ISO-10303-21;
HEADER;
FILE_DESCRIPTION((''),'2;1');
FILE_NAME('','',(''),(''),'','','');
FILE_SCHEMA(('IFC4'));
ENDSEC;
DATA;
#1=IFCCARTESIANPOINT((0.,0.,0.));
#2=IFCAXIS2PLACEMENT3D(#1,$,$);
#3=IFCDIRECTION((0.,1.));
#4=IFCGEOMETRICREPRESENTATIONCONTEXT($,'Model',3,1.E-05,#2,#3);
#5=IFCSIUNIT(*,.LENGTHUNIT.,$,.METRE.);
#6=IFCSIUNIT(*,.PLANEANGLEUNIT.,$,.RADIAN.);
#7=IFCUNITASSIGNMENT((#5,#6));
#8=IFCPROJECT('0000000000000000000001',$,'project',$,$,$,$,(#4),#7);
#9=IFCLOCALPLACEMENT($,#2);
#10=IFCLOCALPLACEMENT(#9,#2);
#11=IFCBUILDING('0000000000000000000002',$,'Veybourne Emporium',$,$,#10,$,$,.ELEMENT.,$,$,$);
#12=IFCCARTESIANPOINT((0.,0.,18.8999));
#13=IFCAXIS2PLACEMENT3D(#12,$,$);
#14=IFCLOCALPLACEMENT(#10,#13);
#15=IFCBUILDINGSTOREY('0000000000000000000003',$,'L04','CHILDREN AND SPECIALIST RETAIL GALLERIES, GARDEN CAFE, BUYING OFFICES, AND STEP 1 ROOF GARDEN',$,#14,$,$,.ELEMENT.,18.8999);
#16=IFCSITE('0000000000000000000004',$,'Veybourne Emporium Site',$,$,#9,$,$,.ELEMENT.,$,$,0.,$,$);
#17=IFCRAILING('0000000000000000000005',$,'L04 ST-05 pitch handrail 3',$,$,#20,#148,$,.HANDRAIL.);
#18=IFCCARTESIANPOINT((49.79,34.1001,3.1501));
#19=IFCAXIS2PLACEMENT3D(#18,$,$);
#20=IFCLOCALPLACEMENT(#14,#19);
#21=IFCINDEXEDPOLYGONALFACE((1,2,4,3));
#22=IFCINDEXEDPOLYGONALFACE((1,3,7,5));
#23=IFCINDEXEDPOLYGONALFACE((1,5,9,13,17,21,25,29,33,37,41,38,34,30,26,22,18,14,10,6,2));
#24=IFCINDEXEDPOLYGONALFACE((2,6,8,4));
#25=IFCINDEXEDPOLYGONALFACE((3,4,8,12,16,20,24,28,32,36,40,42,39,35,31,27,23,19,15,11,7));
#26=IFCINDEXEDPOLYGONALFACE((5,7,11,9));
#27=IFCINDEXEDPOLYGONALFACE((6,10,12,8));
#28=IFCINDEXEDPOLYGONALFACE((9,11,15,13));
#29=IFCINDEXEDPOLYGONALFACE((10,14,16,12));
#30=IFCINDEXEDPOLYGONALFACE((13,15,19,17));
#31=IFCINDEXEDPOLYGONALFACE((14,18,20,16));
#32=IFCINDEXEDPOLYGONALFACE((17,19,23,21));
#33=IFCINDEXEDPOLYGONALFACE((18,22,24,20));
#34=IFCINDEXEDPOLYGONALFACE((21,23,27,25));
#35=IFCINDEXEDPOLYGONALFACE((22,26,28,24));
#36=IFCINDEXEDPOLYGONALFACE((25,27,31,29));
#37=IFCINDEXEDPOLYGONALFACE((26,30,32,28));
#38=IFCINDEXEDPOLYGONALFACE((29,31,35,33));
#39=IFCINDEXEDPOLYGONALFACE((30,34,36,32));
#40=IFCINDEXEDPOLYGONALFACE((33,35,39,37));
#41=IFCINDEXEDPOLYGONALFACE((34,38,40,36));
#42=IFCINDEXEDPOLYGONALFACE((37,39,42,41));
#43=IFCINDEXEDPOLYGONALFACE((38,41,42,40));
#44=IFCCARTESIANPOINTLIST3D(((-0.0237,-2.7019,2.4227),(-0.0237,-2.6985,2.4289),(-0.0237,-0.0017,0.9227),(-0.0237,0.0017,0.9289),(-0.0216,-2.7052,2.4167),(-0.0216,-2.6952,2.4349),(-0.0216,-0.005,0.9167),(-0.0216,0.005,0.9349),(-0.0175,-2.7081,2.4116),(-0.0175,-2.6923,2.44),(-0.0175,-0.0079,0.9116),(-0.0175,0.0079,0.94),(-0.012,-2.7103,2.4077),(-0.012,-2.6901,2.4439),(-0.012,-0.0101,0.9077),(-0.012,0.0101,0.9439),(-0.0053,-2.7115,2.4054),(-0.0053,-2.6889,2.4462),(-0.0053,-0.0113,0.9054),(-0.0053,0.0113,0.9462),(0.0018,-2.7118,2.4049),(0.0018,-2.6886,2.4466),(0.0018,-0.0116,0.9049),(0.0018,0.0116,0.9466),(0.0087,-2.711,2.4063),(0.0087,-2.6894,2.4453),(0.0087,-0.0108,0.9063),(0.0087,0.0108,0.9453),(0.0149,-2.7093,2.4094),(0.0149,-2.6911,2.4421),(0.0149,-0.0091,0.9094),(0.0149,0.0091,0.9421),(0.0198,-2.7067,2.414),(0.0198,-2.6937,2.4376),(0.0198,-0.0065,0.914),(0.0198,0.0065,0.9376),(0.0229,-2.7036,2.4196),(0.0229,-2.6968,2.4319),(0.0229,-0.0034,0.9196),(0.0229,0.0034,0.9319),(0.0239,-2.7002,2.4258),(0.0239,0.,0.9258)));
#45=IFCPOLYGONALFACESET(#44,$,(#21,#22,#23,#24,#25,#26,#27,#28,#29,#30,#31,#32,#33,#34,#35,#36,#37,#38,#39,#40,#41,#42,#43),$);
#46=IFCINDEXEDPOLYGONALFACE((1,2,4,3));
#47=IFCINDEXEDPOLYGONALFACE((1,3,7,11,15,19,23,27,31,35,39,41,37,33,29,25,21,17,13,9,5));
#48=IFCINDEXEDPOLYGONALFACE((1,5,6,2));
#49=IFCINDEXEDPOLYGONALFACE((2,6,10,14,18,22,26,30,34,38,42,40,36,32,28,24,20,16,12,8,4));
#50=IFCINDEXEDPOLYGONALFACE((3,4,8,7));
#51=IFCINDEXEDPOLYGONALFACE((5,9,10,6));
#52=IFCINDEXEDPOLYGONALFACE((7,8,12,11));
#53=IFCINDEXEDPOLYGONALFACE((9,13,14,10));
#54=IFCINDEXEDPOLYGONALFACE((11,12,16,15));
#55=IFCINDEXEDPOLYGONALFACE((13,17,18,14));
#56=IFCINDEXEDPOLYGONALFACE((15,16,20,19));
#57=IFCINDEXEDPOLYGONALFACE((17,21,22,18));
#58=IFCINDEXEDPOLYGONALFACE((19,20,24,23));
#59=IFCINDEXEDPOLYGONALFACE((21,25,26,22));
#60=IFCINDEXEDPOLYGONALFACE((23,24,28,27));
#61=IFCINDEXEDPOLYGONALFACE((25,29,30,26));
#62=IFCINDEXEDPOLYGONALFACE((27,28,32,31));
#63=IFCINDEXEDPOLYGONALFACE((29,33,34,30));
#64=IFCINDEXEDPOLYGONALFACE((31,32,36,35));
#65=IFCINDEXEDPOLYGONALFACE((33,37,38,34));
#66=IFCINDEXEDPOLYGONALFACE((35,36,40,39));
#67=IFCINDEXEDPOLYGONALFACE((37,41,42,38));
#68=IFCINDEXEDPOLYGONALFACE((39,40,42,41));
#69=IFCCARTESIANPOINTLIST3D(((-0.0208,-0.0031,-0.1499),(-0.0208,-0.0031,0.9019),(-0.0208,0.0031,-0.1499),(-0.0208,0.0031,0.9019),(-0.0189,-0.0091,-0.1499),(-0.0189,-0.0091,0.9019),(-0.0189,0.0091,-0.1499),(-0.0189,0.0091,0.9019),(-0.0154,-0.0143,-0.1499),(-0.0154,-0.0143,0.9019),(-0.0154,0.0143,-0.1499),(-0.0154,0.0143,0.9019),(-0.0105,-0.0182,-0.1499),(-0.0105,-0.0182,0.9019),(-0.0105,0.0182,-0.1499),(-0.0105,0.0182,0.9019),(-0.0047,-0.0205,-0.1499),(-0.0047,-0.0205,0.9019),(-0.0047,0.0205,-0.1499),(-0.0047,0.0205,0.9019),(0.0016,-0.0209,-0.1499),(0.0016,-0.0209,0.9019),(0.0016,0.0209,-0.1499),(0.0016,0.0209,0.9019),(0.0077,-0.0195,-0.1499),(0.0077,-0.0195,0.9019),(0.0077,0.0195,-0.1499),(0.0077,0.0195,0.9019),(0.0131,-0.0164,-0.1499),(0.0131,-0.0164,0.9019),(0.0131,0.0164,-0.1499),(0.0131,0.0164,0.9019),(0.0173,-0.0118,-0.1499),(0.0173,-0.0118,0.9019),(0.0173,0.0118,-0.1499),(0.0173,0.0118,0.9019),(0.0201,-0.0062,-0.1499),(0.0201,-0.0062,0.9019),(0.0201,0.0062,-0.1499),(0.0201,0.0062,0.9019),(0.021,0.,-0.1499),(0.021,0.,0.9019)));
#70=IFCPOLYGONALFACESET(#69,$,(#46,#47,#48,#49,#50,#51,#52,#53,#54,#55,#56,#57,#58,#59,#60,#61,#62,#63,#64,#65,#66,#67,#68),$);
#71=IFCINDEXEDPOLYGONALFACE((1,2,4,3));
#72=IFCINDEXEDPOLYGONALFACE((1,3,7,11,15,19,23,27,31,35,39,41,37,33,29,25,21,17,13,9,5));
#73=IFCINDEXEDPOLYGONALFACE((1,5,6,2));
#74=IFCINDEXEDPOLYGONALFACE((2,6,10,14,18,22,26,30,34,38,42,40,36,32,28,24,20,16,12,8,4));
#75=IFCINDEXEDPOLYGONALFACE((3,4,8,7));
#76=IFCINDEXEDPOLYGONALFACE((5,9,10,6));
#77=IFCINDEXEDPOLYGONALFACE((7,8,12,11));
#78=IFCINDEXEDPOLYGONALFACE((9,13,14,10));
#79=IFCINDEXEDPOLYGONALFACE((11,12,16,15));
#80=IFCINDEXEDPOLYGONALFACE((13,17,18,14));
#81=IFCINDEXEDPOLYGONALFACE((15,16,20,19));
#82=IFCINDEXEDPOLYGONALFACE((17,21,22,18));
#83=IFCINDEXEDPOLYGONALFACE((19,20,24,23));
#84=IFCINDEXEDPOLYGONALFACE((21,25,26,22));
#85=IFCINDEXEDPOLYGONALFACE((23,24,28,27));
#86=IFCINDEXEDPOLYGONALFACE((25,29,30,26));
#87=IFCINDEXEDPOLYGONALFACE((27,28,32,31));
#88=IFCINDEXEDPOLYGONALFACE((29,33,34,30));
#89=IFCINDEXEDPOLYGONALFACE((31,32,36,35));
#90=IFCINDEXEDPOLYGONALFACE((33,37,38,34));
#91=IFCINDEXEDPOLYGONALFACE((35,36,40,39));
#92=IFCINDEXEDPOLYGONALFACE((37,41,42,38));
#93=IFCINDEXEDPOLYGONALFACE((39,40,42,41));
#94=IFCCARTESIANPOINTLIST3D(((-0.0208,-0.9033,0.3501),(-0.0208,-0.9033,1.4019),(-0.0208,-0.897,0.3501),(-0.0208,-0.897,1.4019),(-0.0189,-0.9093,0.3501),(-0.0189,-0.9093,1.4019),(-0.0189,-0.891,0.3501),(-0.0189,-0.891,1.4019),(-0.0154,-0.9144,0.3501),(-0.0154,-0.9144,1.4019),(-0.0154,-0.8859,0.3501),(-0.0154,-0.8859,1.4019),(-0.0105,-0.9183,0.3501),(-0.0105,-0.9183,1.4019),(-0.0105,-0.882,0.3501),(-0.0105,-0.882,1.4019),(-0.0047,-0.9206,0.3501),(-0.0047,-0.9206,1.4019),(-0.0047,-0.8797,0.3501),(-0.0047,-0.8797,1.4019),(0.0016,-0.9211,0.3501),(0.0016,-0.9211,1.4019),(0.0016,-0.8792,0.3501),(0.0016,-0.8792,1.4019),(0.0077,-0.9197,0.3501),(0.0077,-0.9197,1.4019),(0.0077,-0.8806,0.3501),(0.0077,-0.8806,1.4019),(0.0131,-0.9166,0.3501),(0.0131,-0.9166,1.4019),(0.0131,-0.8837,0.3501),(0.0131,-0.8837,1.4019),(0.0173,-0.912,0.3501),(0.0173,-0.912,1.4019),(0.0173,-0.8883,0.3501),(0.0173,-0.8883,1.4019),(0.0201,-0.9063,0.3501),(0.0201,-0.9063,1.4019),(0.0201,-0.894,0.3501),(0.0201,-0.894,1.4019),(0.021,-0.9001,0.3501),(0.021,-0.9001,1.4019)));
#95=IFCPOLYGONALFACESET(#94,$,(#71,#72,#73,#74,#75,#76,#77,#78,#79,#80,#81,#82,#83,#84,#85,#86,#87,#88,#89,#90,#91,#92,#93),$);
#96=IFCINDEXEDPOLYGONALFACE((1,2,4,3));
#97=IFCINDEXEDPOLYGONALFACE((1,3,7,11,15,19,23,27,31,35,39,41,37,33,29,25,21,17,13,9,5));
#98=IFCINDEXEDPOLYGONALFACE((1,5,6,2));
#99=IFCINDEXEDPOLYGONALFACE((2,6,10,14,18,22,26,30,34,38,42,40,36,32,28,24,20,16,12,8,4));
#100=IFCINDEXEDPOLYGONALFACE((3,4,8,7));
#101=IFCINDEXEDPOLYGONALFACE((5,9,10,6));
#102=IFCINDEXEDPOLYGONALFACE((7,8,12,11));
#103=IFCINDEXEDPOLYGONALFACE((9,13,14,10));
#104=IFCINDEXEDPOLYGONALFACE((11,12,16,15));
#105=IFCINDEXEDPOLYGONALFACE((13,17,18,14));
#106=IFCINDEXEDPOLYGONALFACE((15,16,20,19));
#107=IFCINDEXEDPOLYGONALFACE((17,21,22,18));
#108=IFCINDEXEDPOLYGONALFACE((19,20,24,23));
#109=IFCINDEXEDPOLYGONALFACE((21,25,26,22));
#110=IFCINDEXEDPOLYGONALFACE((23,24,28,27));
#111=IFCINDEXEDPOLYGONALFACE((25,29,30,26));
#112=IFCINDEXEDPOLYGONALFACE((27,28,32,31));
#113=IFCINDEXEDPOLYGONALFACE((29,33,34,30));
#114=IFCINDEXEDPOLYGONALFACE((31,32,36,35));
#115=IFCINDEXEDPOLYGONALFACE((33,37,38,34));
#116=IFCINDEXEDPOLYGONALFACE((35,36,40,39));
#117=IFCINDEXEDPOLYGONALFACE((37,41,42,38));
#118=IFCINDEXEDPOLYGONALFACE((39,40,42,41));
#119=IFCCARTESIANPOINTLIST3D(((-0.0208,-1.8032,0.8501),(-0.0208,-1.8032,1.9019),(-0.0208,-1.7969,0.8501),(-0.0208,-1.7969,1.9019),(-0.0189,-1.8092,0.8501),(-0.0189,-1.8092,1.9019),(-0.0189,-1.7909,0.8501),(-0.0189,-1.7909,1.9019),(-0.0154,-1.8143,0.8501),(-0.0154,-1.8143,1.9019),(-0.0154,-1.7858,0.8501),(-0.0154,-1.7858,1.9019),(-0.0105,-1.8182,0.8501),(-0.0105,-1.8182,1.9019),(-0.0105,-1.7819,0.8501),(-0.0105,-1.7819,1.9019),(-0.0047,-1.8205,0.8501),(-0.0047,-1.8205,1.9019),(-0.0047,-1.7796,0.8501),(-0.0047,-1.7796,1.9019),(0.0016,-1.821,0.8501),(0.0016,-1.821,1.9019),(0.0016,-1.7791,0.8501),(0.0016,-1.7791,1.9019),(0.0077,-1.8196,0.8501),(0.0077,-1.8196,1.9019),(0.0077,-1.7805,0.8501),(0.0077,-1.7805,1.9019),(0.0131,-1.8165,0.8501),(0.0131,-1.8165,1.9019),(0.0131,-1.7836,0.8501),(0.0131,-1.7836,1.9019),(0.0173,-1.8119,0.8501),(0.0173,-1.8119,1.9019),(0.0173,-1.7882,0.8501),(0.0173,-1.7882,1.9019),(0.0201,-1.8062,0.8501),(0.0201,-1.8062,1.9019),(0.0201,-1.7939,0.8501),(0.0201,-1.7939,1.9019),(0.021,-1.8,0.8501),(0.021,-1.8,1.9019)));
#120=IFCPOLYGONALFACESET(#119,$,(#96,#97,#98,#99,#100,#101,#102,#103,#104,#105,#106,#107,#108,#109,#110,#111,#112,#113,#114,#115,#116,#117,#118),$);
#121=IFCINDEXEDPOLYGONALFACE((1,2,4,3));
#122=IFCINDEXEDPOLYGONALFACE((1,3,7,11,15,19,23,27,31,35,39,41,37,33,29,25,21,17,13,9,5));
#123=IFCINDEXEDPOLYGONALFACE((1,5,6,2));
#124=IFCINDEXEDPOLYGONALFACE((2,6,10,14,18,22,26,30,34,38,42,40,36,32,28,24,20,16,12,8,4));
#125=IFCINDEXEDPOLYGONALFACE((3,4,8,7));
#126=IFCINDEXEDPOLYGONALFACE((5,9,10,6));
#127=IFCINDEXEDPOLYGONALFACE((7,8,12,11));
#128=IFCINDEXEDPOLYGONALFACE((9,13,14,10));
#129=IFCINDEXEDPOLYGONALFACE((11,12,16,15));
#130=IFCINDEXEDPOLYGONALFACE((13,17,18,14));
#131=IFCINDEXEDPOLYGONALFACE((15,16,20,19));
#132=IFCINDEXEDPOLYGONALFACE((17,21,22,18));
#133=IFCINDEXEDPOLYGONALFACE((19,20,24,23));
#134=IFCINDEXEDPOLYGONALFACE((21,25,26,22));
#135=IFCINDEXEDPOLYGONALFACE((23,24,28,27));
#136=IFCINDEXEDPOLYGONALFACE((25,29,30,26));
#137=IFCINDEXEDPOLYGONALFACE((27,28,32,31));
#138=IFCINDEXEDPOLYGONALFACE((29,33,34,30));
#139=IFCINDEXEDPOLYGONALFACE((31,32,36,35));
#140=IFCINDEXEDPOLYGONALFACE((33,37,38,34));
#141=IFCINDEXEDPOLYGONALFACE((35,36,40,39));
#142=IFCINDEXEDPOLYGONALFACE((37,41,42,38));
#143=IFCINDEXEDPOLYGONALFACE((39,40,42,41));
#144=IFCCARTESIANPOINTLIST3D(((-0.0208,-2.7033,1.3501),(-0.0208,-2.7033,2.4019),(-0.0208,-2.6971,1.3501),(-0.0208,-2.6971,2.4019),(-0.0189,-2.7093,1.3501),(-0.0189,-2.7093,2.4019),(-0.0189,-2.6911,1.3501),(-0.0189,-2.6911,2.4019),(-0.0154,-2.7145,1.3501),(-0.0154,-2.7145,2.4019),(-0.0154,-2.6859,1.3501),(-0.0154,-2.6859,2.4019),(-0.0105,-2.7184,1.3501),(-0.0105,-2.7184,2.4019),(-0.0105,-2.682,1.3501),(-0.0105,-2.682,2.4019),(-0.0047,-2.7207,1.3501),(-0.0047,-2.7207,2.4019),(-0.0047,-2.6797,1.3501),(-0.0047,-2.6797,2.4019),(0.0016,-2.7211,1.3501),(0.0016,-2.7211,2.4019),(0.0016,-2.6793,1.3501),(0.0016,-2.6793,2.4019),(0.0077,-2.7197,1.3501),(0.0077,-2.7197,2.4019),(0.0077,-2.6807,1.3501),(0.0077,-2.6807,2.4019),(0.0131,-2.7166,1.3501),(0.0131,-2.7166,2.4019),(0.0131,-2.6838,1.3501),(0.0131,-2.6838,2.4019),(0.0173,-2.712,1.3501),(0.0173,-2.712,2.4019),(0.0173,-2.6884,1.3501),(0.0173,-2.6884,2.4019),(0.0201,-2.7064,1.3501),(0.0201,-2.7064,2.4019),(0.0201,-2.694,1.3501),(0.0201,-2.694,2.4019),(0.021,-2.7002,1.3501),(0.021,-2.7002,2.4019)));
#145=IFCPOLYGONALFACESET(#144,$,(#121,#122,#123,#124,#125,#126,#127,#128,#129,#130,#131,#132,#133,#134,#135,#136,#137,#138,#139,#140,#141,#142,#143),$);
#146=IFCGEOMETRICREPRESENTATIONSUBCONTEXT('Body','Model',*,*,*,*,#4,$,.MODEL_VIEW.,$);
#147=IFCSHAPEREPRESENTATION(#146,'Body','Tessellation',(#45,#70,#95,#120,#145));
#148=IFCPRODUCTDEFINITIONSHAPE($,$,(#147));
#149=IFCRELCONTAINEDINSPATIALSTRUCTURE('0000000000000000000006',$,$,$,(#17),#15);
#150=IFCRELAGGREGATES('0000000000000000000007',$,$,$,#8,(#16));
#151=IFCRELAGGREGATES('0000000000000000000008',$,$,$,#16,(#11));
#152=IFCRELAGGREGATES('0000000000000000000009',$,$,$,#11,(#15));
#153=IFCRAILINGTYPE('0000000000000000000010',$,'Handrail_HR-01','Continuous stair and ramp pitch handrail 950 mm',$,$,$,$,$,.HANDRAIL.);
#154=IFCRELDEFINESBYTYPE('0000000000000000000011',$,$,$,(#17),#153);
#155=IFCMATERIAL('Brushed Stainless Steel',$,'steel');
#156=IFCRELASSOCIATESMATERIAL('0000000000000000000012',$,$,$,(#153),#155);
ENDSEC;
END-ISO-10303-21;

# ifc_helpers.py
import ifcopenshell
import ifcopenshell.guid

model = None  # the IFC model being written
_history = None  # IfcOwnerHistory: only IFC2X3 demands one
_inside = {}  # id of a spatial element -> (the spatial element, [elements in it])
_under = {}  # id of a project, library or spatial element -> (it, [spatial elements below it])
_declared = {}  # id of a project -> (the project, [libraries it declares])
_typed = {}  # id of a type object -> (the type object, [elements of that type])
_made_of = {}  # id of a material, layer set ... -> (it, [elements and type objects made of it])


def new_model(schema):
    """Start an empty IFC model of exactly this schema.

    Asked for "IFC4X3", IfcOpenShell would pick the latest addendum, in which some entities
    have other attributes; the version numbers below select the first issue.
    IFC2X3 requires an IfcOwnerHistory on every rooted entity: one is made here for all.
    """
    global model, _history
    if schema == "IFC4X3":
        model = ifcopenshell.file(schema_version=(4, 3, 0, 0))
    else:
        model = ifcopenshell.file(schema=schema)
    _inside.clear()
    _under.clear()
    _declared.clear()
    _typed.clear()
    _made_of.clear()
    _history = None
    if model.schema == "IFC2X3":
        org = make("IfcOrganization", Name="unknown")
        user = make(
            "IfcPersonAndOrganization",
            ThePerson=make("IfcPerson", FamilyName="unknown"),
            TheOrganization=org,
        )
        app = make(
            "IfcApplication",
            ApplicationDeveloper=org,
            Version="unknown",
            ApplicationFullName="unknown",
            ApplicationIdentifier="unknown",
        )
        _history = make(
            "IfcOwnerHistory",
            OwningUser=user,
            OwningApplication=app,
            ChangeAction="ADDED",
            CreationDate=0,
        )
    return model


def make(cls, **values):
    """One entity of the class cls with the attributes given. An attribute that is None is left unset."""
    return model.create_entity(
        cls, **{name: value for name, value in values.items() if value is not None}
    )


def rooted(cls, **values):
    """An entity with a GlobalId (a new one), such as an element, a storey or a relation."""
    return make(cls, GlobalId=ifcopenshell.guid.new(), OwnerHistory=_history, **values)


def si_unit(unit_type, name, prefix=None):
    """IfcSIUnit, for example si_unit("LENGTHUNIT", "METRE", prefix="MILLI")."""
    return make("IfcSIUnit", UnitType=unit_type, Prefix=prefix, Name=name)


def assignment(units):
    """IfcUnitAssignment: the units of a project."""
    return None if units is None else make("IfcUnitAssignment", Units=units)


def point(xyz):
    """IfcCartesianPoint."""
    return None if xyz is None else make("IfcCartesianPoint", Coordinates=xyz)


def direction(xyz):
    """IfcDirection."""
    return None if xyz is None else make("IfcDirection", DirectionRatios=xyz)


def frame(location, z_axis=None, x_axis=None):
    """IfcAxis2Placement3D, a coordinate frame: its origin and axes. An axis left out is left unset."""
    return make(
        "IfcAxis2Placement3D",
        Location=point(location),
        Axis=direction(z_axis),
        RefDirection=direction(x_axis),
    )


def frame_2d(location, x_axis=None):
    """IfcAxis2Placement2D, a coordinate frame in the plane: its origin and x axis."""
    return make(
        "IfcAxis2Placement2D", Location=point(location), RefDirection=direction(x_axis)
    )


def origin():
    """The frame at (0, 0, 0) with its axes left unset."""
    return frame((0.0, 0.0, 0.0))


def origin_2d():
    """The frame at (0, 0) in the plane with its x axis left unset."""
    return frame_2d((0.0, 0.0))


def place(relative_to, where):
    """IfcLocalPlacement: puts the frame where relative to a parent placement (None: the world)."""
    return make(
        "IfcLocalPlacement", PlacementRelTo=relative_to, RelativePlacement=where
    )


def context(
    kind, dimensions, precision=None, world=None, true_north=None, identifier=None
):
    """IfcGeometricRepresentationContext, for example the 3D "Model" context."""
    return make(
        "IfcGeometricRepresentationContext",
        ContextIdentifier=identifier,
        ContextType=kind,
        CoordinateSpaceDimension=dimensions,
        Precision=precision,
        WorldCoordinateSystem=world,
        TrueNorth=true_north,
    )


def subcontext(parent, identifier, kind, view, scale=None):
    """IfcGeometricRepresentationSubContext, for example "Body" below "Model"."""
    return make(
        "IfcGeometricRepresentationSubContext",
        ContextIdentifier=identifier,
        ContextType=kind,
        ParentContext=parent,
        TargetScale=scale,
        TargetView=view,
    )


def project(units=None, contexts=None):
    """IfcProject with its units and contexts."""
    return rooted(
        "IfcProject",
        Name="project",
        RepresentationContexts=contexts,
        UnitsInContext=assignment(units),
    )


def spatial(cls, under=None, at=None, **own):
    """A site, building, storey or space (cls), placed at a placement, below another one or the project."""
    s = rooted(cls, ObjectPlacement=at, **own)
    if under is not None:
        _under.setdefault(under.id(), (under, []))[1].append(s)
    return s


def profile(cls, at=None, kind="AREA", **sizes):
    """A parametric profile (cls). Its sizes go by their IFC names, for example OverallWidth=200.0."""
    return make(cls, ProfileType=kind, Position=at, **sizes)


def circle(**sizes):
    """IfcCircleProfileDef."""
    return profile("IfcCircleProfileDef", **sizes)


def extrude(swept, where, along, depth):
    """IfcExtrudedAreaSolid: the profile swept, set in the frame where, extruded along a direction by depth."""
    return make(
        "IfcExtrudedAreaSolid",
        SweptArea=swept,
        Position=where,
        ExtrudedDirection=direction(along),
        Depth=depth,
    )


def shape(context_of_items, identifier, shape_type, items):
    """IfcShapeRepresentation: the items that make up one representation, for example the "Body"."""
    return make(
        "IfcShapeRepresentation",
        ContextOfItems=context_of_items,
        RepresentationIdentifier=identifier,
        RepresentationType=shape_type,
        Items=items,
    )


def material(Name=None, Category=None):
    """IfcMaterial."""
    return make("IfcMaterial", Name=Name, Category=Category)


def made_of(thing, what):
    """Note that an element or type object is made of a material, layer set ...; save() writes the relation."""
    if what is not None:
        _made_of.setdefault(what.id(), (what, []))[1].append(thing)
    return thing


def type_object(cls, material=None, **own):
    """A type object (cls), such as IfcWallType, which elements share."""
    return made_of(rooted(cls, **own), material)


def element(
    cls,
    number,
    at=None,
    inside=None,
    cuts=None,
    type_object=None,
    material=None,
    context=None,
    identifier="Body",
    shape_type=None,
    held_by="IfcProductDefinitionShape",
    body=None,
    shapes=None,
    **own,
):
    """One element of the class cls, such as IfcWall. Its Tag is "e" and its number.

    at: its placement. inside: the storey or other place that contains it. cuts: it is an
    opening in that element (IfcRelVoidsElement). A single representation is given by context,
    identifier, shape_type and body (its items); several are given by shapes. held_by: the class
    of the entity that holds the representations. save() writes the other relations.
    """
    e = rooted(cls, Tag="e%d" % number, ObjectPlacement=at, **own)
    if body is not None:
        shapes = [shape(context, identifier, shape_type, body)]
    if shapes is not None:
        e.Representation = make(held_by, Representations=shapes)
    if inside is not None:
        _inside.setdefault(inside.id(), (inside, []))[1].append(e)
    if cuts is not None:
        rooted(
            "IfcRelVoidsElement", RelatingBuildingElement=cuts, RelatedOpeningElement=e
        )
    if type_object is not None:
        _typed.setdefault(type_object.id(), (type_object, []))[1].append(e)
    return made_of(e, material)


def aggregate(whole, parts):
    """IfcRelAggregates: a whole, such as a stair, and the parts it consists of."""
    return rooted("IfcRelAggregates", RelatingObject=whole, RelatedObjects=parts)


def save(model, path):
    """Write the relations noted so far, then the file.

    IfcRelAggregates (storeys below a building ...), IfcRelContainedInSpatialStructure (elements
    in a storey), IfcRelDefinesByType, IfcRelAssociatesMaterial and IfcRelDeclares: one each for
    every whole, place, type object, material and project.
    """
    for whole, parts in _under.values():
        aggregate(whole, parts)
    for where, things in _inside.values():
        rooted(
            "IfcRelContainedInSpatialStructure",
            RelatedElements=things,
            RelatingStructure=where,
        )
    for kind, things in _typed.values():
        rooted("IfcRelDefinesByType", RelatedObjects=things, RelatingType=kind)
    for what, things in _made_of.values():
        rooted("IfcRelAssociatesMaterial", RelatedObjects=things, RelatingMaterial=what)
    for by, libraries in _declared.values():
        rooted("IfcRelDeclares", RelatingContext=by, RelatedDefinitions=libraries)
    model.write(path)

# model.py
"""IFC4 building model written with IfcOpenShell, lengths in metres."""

from ifc_helpers import new_model, si_unit, direction, frame, origin, origin_2d, place, context, subcontext, project, spatial, circle, extrude, material, type_object, element, save


model = new_model("IFC4")

# Units and contexts
model_context = context("Model", 3, precision=1e-05, world=origin(), true_north=direction((0.0, 1.0)))
body_context = subcontext(model_context, "Body", "Model", "MODEL_VIEW")
ifc_project = project(units=[si_unit("LENGTHUNIT", "METRE"), si_unit("PLANEANGLEUNIT", "RADIAN")], contexts=[model_context])

# Site, building, storey
site_placement = place(None, origin())
site = spatial("IfcSite", under=ifc_project, at=site_placement, Name="Veybourne Emporium Site", CompositionType="ELEMENT", RefElevation=0.0)
building_placement = place(site_placement, origin())
building = spatial("IfcBuilding", under=site, at=building_placement, Name="Veybourne Emporium", CompositionType="ELEMENT")
storey_placement = place(building_placement, frame((0.0, 0.0, 18.8999)))
storey = spatial("IfcBuildingStorey", under=building, at=storey_placement, Name="L04", Description="CHILDREN AND SPECIALIST RETAIL GALLERIES, GARDEN CAFE, BUYING OFFICES, AND STEP 1 ROOF GARDEN", CompositionType="ELEMENT", Elevation=18.8999)

# Railing
ifc_material_1 = material(Name="Brushed Stainless Steel", Category="steel")
railing_type_1 = type_object("IfcRailingType", Name="Handrail_HR-01", Description="Continuous stair and ramp pitch handrail 950 mm", PredefinedType="HANDRAIL", material=ifc_material_1)
railing_1_placement = place(storey_placement, frame((49.79, 34.1001, 3.1501)))
element("IfcRailing", 1, at=railing_1_placement, inside=storey, type_object=railing_type_1, Name="L04 ST-05 pitch handrail 3", PredefinedType="HANDRAIL", context=body_context, shape_type="SweptSolid", body=[
    extrude(circle(Radius=0.0239, at=origin_2d()), frame((0.0, 0.0, 0.9258), z_axis=(0.0, -0.874172, 0.485616), x_axis=(1.0, 0.0, 0.0)), (0.0, 0.0, 1.0), 3.0889),
    extrude(circle(Radius=0.021, at=origin_2d()), frame((0.0, 0.0, -0.1499)), (0.0, 0.0, 1.0), 1.0518),
    extrude(circle(Radius=0.021, at=origin_2d()), frame((0.0, -0.9001, 0.3501)), (0.0, 0.0, 1.0), 1.0518),
    extrude(circle(Radius=0.021, at=origin_2d()), frame((0.0, -1.8, 0.8501)), (0.0, 0.0, 1.0), 1.0518),
    extrude(circle(Radius=0.021, at=origin_2d()), frame((0.0, -2.7002, 1.3501)), (0.0, 0.0, 1.0), 1.0518),
])

save(model, "model.ifc")
